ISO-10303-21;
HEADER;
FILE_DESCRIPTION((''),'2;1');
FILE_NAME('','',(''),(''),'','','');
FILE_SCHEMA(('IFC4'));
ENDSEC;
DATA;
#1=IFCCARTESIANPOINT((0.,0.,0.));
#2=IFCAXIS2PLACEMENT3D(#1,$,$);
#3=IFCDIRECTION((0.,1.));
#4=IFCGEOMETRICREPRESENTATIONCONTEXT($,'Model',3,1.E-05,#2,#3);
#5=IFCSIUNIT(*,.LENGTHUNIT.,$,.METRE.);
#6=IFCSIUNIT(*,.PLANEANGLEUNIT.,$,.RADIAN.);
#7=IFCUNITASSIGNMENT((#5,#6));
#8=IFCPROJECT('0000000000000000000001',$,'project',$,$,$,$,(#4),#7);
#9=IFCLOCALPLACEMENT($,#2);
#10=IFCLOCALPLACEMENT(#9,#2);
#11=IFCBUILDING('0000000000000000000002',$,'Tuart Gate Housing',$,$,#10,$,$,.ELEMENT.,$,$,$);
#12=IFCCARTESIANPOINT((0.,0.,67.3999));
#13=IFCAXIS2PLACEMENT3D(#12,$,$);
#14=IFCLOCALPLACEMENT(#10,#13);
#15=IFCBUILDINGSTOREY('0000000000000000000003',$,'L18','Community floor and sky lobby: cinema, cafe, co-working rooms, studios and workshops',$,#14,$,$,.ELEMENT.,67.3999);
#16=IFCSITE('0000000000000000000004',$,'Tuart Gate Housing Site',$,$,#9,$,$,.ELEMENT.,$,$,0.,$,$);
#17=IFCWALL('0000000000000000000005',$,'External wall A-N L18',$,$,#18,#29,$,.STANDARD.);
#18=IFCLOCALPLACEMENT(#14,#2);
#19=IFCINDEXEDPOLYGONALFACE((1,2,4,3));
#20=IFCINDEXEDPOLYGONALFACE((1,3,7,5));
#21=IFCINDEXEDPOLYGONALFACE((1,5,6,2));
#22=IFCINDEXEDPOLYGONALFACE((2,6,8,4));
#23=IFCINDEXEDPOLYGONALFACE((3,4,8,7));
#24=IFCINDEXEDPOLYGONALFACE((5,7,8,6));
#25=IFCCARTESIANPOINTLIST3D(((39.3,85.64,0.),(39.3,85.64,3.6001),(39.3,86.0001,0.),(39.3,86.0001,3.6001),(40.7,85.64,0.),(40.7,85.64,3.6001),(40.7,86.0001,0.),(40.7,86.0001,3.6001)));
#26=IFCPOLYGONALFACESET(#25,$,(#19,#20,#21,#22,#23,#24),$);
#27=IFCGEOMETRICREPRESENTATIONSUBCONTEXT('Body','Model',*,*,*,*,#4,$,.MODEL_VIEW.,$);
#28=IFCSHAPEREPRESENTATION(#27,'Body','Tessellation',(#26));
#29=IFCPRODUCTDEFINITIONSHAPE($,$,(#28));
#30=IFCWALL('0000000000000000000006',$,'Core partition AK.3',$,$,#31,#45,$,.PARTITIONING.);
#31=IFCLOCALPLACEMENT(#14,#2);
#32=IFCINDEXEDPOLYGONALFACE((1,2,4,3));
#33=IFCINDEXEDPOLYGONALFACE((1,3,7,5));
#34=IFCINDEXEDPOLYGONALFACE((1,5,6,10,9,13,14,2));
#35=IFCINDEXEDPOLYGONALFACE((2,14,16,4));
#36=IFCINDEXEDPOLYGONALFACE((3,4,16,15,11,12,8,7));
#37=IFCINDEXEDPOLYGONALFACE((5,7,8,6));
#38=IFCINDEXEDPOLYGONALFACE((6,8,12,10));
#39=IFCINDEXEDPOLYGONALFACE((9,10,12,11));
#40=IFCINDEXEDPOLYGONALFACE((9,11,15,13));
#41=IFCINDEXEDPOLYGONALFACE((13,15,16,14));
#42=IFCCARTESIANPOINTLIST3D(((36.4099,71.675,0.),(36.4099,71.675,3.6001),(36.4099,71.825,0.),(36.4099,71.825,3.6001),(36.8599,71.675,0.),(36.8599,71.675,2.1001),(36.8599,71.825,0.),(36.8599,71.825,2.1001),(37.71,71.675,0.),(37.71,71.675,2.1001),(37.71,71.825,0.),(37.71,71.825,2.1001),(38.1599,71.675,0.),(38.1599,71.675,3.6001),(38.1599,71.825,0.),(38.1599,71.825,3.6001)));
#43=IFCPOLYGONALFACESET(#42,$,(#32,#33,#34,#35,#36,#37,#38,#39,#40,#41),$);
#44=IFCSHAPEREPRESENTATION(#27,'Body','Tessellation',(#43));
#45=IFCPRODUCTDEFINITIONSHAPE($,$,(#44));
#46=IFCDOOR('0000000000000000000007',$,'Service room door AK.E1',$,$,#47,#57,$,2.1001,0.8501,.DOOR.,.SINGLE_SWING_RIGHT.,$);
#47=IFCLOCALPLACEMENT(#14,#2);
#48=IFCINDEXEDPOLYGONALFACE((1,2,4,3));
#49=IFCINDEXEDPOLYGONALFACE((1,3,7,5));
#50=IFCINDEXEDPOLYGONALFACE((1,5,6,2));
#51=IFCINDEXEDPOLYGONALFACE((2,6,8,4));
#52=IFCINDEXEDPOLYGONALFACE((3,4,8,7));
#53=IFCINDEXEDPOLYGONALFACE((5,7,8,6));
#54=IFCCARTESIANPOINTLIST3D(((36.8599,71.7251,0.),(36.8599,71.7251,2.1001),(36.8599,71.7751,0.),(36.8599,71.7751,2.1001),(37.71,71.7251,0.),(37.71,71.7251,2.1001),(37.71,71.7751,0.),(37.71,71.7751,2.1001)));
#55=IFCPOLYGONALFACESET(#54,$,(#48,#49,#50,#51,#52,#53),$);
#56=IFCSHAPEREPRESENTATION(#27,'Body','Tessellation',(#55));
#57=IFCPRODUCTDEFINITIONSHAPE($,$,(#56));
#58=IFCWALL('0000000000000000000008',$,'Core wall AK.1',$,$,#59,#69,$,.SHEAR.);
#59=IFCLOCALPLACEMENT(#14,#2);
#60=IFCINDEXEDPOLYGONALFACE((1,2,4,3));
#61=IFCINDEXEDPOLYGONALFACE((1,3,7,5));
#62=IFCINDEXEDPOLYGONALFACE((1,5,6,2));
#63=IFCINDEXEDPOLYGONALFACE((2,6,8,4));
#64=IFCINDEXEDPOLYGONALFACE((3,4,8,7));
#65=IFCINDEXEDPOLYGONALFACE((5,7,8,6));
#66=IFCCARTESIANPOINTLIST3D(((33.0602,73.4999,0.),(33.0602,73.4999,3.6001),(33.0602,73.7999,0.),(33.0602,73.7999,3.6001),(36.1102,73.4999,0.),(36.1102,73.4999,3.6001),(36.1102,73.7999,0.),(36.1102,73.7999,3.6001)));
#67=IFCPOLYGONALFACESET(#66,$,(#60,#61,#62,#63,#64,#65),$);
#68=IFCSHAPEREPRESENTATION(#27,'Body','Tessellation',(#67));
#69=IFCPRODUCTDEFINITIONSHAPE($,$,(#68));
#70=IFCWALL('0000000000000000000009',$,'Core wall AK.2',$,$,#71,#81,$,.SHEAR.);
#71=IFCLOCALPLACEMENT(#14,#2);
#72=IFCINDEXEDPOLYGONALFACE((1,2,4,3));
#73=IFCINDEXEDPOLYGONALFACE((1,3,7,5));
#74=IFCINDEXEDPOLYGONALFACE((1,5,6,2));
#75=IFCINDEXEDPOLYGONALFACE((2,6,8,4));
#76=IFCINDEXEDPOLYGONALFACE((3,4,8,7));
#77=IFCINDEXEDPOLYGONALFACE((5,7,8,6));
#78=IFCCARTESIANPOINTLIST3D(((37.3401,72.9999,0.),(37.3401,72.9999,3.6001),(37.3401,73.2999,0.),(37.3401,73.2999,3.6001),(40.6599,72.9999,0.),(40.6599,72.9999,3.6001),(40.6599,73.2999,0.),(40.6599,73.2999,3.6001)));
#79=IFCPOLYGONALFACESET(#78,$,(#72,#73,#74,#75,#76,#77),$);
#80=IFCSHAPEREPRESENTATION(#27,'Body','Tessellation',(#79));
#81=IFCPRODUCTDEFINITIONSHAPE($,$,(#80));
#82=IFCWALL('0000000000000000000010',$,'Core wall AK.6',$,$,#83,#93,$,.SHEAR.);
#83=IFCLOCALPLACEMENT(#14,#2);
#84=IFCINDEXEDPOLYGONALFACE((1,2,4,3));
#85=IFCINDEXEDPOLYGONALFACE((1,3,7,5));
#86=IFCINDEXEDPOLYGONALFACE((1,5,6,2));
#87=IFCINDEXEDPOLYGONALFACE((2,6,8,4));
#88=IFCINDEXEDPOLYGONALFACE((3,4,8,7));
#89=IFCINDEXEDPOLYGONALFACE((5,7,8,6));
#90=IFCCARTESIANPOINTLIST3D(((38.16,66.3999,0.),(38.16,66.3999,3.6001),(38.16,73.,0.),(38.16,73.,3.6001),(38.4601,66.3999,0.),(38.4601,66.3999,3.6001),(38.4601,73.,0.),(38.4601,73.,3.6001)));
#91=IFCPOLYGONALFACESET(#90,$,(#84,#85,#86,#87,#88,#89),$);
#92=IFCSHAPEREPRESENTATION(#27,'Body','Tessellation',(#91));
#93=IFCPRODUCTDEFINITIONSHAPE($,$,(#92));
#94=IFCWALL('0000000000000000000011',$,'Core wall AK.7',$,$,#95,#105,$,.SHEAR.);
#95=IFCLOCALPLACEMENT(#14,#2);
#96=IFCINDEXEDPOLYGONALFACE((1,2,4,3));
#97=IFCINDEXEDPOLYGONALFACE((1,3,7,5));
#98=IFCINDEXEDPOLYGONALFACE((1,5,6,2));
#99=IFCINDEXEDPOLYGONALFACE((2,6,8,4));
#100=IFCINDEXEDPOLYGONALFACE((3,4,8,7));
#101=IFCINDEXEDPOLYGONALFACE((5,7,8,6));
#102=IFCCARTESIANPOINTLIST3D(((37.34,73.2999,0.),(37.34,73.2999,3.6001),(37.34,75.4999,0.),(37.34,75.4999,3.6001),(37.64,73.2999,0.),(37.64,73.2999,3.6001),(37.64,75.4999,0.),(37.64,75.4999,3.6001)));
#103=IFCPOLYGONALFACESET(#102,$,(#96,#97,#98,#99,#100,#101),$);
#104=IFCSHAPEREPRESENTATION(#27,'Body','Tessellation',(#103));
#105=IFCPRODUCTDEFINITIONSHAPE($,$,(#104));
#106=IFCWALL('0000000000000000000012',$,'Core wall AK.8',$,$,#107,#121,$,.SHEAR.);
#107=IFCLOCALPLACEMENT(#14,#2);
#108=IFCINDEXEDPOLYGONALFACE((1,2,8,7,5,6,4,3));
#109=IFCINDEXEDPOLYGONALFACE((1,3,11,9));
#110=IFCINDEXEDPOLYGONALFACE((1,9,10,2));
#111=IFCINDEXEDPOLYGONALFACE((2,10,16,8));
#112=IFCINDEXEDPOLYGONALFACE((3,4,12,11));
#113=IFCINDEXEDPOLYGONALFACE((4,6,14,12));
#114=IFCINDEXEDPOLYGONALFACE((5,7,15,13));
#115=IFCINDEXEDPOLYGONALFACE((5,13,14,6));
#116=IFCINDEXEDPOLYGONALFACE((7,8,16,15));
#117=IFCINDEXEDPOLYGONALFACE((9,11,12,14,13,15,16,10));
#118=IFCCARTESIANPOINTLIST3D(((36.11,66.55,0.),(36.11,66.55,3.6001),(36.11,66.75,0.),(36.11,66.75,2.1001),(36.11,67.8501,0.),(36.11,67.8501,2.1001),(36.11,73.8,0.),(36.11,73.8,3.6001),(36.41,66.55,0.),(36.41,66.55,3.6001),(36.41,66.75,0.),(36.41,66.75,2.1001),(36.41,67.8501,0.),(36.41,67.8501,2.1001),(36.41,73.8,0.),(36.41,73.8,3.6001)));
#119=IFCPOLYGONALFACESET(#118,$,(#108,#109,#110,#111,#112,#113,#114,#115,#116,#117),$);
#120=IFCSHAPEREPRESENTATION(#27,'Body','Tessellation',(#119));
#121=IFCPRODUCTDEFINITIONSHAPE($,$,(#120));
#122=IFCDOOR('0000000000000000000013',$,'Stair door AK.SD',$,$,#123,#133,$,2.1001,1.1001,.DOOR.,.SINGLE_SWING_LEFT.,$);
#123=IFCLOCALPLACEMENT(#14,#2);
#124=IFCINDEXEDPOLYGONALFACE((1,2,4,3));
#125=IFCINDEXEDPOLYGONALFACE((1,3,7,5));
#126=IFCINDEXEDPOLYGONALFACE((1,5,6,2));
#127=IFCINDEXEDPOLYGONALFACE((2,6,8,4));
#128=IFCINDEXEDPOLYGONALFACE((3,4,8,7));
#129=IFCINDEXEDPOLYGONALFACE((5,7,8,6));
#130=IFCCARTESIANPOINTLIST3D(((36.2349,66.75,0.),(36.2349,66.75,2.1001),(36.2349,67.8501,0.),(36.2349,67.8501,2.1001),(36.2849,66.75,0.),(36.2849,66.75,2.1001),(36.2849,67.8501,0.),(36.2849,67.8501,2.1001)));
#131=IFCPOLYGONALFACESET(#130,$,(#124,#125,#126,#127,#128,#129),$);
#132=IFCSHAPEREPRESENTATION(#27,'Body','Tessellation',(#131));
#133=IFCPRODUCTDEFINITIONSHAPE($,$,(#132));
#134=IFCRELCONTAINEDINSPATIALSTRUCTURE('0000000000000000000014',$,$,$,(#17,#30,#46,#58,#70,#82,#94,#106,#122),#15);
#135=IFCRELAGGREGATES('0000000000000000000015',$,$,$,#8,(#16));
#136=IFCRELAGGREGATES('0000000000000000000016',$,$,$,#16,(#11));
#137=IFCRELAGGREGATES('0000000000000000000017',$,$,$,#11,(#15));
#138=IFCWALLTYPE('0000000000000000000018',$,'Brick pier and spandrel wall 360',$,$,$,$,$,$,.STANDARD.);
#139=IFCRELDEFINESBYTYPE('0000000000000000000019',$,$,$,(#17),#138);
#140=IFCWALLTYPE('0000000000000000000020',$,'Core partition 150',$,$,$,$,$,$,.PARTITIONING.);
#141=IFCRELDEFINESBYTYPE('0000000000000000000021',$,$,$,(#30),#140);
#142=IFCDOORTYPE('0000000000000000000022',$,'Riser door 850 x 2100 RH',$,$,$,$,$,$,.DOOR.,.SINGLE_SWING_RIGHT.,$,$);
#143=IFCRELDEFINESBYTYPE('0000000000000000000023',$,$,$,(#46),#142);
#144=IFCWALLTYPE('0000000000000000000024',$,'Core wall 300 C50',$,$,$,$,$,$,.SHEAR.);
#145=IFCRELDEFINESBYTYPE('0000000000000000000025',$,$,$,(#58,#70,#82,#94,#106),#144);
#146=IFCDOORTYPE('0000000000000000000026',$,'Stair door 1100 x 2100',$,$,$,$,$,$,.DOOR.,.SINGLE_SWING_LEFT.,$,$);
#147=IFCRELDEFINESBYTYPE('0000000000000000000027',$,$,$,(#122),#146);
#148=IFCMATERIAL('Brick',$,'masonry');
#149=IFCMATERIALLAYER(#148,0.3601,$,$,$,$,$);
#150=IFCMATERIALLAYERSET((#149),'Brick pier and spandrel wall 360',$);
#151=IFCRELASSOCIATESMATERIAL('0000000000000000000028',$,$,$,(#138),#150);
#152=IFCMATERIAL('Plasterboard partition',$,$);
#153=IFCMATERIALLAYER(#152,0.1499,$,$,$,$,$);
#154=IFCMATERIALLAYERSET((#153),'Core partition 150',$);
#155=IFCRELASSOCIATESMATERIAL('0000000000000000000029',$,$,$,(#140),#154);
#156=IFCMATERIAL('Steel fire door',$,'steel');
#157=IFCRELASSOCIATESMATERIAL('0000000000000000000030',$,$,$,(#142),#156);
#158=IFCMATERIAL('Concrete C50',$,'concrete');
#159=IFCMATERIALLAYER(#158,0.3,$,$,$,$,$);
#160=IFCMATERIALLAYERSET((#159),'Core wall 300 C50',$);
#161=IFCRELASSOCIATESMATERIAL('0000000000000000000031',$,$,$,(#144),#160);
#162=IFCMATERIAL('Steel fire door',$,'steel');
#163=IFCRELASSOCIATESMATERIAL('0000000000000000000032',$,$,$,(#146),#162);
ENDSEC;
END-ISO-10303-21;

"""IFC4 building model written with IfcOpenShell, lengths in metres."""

from ifc_helpers import new_model, si_unit, direction, frame, frame_2d, origin, place, context, subcontext, project, spatial, rectangle, extrude, material, layer, layer_set, type_object, element, fill, save


model = new_model("IFC4")

# Units and contexts
model_context = context("Model", 3, precision=1e-05, world=origin(), true_north=direction((0.0, 1.0)))
body_context = subcontext(model_context, "Body", "Model", "MODEL_VIEW")
ifc_project = project(units=[si_unit("LENGTHUNIT", "METRE"), si_unit("PLANEANGLEUNIT", "RADIAN")], contexts=[model_context])

# Site, building, storey
site_placement = place(None, origin())
site = spatial("IfcSite", under=ifc_project, at=site_placement, Name="Tuart Gate Housing Site", CompositionType="ELEMENT", RefElevation=0.0)
building_placement = place(site_placement, origin())
building = spatial("IfcBuilding", under=site, at=building_placement, Name="Tuart Gate Housing", CompositionType="ELEMENT")
storey_placement = place(building_placement, frame((0.0, 0.0, 67.3999)))
storey = spatial("IfcBuildingStorey", under=building, at=storey_placement, Name="L18", Description="Community floor and sky lobby: cinema, cafe, co-working rooms, studios and workshops", CompositionType="ELEMENT", Elevation=67.3999)

# Wall
ifc_material_1 = material(Name="Brick", Category="masonry")
ifc_layer_1 = layer(ifc_material_1, 0.3601)
ifc_layer_set_1 = layer_set([ifc_layer_1], Name="Brick pier and spandrel wall 360")
wall_type_1 = type_object("IfcWallType", Name="Brick pier and spandrel wall 360", PredefinedType="STANDARD", material=ifc_layer_set_1)
wall_1_placement = place(storey_placement, frame((40.7, 85.8201, 0.0), z_axis=(0.0, 0.0, 1.0), x_axis=(-1.0, 0.0, 0.0)))
element("IfcWall", 1, at=wall_1_placement, inside=storey, type_object=wall_type_1, Name="External wall A-N L18", PredefinedType="STANDARD", context=body_context, shape_type="SweptSolid", body=[
    extrude(rectangle(XDim=1.3999, YDim=0.3601, at=frame_2d((0.7, 0.0))), origin(), (0.0, 0.0, 1.0), 3.6001),
])

# Wall, opening, door
ifc_material_2 = material(Name="Plasterboard partition")
ifc_layer_2 = layer(ifc_material_2, 0.1499)
ifc_layer_set_2 = layer_set([ifc_layer_2], Name="Core partition 150")
wall_type_2 = type_object("IfcWallType", Name="Core partition 150", PredefinedType="PARTITIONING", material=ifc_layer_set_2)
wall_2_placement = place(storey_placement, frame((38.1599, 71.75, 0.0), z_axis=(0.0, 0.0, 1.0), x_axis=(-1.0, 0.0, 0.0)))
wall_2 = element("IfcWall", 2, at=wall_2_placement, inside=storey, type_object=wall_type_2, Name="Core partition AK.3", PredefinedType="PARTITIONING", context=body_context, shape_type="SweptSolid", body=[
    extrude(rectangle(XDim=1.75, YDim=0.1499, at=frame_2d((0.875, 0.0))), origin(), (0.0, 0.0, 1.0), 3.6001),
])
opening_1_placement = place(wall_2_placement, frame((0.45, 0.0, 0.0)))
opening_1 = element("IfcOpeningElement", 3, at=opening_1_placement, cuts=wall_2, PredefinedType="OPENING", context=body_context, shape_type="SweptSolid", body=[
    extrude(rectangle(XDim=0.8501, YDim=2.1001, at=frame_2d((0.425, 1.05))), frame((0.0, 0.085, 0.0), z_axis=(0.0, -1.0, 0.0), x_axis=(1.0, 0.0, 0.0)), (0.0, 0.0, 1.0), 0.1699),
])
ifc_material_3 = material(Name="Steel fire door", Category="steel")
door_type_1 = type_object("IfcDoorType", Name="Riser door 850 x 2100 RH", OperationType="SINGLE_SWING_RIGHT", PredefinedType="DOOR", material=ifc_material_3)
door_1_placement = place(opening_1_placement, frame((0.8501, 0.0, 0.0), z_axis=(0.0, 0.0, 1.0), x_axis=(-1.0, 0.0, 0.0)))
door_1 = element("IfcDoor", 4, at=door_1_placement, inside=storey, type_object=door_type_1, Name="Service room door AK.E1", OperationType="SINGLE_SWING_RIGHT", OverallHeight=2.1001, OverallWidth=0.8501, PredefinedType="DOOR", context=body_context, shape_type="SweptSolid", body=[
    extrude(rectangle(XDim=0.8501, YDim=2.1001, at=frame_2d((0.425, 1.05))), frame((0.0, 0.0251, 0.0), z_axis=(0.0, -1.0, 0.0), x_axis=(1.0, 0.0, 0.0)), (0.0, 0.0, 1.0), 0.05),
])
fill(opening_1, door_1)

# Walls
ifc_material_4 = material(Name="Concrete C50", Category="concrete")
ifc_layer_3 = layer(ifc_material_4, 0.3)
ifc_layer_set_3 = layer_set([ifc_layer_3], Name="Core wall 300 C50")
wall_type_3 = type_object("IfcWallType", Name="Core wall 300 C50", PredefinedType="SHEAR", material=ifc_layer_set_3)
wall_3_placement = place(storey_placement, frame((36.1101, 73.6499, 0.0), z_axis=(0.0, 0.0, 1.0), x_axis=(-1.0, 0.0, 0.0)))
element("IfcWall", 5, at=wall_3_placement, inside=storey, type_object=wall_type_3, Name="Core wall AK.1", PredefinedType="SHEAR", context=body_context, shape_type="SweptSolid", body=[
    extrude(rectangle(XDim=3.05, YDim=0.3, at=frame_2d((1.5249, 0.0))), origin(), (0.0, 0.0, 1.0), 3.6001),
])
wall_4_placement = place(storey_placement, frame((40.6599, 73.1499, 0.0), z_axis=(0.0, 0.0, 1.0), x_axis=(-1.0, 0.0, 0.0)))
element("IfcWall", 6, at=wall_4_placement, inside=storey, type_object=wall_type_3, Name="Core wall AK.2", PredefinedType="SHEAR", context=body_context, shape_type="SweptSolid", body=[
    extrude(rectangle(XDim=3.3198, YDim=0.3, at=frame_2d((1.6599, 0.0))), origin(), (0.0, 0.0, 1.0), 3.6001),
])
wall_5_placement = place(storey_placement, frame((38.3101, 73.0, 0.0), z_axis=(0.0, 0.0, 1.0), x_axis=(0.0, -1.0, 0.0)))
element("IfcWall", 7, at=wall_5_placement, inside=storey, type_object=wall_type_3, Name="Core wall AK.6", PredefinedType="SHEAR", context=body_context, shape_type="SweptSolid", body=[
    extrude(rectangle(XDim=6.6001, YDim=0.3, at=frame_2d((3.3, 0.0))), origin(), (0.0, 0.0, 1.0), 3.6001),
])
wall_6_placement = place(storey_placement, frame((37.49, 75.5, 0.0), z_axis=(0.0, 0.0, 1.0), x_axis=(0.0, -1.0, 0.0)))
element("IfcWall", 8, at=wall_6_placement, inside=storey, type_object=wall_type_3, Name="Core wall AK.7", PredefinedType="SHEAR", context=body_context, shape_type="SweptSolid", body=[
    extrude(rectangle(XDim=2.2, YDim=0.3, at=frame_2d((1.1001, 0.0))), origin(), (0.0, 0.0, 1.0), 3.6001),
])

# Wall, opening, door
wall_7_placement = place(storey_placement, frame((36.26, 73.8, 0.0), z_axis=(0.0, 0.0, 1.0), x_axis=(0.0, -1.0, 0.0)))
wall_7 = element("IfcWall", 9, at=wall_7_placement, inside=storey, type_object=wall_type_3, Name="Core wall AK.8", PredefinedType="SHEAR", context=body_context, shape_type="SweptSolid", body=[
    extrude(rectangle(XDim=7.25, YDim=0.3, at=frame_2d((3.625, 0.0))), origin(), (0.0, 0.0, 1.0), 3.6001),
])
opening_2_placement = place(wall_7_placement, frame((5.95, 0.0, 0.0)))
opening_2 = element("IfcOpeningElement", 10, at=opening_2_placement, cuts=wall_7, PredefinedType="OPENING", context=body_context, shape_type="SweptSolid", body=[
    extrude(rectangle(XDim=1.1001, YDim=2.1001, at=frame_2d((0.55, 1.05))), frame((0.0, 0.1599, 0.0), z_axis=(0.0, -1.0, 0.0), x_axis=(1.0, 0.0, 0.0)), (0.0, 0.0, 1.0), 0.3201),
])
ifc_material_5 = material(Name="Steel fire door", Category="steel")
door_type_2 = type_object("IfcDoorType", Name="Stair door 1100 x 2100", OperationType="SINGLE_SWING_LEFT", PredefinedType="DOOR", material=ifc_material_5)
door_2_placement = place(opening_2_placement, frame((1.1001, 0.0, 0.0), z_axis=(0.0, 0.0, 1.0), x_axis=(-1.0, 0.0, 0.0)))
door_2 = element("IfcDoor", 11, at=door_2_placement, inside=storey, type_object=door_type_2, Name="Stair door AK.SD", OperationType="SINGLE_SWING_LEFT", OverallHeight=2.1001, OverallWidth=1.1001, PredefinedType="DOOR", context=body_context, shape_type="SweptSolid", body=[
    extrude(rectangle(XDim=1.1001, YDim=2.1001, at=frame_2d((0.55, 1.05))), frame((0.0, 0.0251, 0.0), z_axis=(0.0, -1.0, 0.0), x_axis=(1.0, 0.0, 0.0)), (0.0, 0.0, 1.0), 0.05),
])
fill(opening_2, door_2)

save(model, "model.ifc")
